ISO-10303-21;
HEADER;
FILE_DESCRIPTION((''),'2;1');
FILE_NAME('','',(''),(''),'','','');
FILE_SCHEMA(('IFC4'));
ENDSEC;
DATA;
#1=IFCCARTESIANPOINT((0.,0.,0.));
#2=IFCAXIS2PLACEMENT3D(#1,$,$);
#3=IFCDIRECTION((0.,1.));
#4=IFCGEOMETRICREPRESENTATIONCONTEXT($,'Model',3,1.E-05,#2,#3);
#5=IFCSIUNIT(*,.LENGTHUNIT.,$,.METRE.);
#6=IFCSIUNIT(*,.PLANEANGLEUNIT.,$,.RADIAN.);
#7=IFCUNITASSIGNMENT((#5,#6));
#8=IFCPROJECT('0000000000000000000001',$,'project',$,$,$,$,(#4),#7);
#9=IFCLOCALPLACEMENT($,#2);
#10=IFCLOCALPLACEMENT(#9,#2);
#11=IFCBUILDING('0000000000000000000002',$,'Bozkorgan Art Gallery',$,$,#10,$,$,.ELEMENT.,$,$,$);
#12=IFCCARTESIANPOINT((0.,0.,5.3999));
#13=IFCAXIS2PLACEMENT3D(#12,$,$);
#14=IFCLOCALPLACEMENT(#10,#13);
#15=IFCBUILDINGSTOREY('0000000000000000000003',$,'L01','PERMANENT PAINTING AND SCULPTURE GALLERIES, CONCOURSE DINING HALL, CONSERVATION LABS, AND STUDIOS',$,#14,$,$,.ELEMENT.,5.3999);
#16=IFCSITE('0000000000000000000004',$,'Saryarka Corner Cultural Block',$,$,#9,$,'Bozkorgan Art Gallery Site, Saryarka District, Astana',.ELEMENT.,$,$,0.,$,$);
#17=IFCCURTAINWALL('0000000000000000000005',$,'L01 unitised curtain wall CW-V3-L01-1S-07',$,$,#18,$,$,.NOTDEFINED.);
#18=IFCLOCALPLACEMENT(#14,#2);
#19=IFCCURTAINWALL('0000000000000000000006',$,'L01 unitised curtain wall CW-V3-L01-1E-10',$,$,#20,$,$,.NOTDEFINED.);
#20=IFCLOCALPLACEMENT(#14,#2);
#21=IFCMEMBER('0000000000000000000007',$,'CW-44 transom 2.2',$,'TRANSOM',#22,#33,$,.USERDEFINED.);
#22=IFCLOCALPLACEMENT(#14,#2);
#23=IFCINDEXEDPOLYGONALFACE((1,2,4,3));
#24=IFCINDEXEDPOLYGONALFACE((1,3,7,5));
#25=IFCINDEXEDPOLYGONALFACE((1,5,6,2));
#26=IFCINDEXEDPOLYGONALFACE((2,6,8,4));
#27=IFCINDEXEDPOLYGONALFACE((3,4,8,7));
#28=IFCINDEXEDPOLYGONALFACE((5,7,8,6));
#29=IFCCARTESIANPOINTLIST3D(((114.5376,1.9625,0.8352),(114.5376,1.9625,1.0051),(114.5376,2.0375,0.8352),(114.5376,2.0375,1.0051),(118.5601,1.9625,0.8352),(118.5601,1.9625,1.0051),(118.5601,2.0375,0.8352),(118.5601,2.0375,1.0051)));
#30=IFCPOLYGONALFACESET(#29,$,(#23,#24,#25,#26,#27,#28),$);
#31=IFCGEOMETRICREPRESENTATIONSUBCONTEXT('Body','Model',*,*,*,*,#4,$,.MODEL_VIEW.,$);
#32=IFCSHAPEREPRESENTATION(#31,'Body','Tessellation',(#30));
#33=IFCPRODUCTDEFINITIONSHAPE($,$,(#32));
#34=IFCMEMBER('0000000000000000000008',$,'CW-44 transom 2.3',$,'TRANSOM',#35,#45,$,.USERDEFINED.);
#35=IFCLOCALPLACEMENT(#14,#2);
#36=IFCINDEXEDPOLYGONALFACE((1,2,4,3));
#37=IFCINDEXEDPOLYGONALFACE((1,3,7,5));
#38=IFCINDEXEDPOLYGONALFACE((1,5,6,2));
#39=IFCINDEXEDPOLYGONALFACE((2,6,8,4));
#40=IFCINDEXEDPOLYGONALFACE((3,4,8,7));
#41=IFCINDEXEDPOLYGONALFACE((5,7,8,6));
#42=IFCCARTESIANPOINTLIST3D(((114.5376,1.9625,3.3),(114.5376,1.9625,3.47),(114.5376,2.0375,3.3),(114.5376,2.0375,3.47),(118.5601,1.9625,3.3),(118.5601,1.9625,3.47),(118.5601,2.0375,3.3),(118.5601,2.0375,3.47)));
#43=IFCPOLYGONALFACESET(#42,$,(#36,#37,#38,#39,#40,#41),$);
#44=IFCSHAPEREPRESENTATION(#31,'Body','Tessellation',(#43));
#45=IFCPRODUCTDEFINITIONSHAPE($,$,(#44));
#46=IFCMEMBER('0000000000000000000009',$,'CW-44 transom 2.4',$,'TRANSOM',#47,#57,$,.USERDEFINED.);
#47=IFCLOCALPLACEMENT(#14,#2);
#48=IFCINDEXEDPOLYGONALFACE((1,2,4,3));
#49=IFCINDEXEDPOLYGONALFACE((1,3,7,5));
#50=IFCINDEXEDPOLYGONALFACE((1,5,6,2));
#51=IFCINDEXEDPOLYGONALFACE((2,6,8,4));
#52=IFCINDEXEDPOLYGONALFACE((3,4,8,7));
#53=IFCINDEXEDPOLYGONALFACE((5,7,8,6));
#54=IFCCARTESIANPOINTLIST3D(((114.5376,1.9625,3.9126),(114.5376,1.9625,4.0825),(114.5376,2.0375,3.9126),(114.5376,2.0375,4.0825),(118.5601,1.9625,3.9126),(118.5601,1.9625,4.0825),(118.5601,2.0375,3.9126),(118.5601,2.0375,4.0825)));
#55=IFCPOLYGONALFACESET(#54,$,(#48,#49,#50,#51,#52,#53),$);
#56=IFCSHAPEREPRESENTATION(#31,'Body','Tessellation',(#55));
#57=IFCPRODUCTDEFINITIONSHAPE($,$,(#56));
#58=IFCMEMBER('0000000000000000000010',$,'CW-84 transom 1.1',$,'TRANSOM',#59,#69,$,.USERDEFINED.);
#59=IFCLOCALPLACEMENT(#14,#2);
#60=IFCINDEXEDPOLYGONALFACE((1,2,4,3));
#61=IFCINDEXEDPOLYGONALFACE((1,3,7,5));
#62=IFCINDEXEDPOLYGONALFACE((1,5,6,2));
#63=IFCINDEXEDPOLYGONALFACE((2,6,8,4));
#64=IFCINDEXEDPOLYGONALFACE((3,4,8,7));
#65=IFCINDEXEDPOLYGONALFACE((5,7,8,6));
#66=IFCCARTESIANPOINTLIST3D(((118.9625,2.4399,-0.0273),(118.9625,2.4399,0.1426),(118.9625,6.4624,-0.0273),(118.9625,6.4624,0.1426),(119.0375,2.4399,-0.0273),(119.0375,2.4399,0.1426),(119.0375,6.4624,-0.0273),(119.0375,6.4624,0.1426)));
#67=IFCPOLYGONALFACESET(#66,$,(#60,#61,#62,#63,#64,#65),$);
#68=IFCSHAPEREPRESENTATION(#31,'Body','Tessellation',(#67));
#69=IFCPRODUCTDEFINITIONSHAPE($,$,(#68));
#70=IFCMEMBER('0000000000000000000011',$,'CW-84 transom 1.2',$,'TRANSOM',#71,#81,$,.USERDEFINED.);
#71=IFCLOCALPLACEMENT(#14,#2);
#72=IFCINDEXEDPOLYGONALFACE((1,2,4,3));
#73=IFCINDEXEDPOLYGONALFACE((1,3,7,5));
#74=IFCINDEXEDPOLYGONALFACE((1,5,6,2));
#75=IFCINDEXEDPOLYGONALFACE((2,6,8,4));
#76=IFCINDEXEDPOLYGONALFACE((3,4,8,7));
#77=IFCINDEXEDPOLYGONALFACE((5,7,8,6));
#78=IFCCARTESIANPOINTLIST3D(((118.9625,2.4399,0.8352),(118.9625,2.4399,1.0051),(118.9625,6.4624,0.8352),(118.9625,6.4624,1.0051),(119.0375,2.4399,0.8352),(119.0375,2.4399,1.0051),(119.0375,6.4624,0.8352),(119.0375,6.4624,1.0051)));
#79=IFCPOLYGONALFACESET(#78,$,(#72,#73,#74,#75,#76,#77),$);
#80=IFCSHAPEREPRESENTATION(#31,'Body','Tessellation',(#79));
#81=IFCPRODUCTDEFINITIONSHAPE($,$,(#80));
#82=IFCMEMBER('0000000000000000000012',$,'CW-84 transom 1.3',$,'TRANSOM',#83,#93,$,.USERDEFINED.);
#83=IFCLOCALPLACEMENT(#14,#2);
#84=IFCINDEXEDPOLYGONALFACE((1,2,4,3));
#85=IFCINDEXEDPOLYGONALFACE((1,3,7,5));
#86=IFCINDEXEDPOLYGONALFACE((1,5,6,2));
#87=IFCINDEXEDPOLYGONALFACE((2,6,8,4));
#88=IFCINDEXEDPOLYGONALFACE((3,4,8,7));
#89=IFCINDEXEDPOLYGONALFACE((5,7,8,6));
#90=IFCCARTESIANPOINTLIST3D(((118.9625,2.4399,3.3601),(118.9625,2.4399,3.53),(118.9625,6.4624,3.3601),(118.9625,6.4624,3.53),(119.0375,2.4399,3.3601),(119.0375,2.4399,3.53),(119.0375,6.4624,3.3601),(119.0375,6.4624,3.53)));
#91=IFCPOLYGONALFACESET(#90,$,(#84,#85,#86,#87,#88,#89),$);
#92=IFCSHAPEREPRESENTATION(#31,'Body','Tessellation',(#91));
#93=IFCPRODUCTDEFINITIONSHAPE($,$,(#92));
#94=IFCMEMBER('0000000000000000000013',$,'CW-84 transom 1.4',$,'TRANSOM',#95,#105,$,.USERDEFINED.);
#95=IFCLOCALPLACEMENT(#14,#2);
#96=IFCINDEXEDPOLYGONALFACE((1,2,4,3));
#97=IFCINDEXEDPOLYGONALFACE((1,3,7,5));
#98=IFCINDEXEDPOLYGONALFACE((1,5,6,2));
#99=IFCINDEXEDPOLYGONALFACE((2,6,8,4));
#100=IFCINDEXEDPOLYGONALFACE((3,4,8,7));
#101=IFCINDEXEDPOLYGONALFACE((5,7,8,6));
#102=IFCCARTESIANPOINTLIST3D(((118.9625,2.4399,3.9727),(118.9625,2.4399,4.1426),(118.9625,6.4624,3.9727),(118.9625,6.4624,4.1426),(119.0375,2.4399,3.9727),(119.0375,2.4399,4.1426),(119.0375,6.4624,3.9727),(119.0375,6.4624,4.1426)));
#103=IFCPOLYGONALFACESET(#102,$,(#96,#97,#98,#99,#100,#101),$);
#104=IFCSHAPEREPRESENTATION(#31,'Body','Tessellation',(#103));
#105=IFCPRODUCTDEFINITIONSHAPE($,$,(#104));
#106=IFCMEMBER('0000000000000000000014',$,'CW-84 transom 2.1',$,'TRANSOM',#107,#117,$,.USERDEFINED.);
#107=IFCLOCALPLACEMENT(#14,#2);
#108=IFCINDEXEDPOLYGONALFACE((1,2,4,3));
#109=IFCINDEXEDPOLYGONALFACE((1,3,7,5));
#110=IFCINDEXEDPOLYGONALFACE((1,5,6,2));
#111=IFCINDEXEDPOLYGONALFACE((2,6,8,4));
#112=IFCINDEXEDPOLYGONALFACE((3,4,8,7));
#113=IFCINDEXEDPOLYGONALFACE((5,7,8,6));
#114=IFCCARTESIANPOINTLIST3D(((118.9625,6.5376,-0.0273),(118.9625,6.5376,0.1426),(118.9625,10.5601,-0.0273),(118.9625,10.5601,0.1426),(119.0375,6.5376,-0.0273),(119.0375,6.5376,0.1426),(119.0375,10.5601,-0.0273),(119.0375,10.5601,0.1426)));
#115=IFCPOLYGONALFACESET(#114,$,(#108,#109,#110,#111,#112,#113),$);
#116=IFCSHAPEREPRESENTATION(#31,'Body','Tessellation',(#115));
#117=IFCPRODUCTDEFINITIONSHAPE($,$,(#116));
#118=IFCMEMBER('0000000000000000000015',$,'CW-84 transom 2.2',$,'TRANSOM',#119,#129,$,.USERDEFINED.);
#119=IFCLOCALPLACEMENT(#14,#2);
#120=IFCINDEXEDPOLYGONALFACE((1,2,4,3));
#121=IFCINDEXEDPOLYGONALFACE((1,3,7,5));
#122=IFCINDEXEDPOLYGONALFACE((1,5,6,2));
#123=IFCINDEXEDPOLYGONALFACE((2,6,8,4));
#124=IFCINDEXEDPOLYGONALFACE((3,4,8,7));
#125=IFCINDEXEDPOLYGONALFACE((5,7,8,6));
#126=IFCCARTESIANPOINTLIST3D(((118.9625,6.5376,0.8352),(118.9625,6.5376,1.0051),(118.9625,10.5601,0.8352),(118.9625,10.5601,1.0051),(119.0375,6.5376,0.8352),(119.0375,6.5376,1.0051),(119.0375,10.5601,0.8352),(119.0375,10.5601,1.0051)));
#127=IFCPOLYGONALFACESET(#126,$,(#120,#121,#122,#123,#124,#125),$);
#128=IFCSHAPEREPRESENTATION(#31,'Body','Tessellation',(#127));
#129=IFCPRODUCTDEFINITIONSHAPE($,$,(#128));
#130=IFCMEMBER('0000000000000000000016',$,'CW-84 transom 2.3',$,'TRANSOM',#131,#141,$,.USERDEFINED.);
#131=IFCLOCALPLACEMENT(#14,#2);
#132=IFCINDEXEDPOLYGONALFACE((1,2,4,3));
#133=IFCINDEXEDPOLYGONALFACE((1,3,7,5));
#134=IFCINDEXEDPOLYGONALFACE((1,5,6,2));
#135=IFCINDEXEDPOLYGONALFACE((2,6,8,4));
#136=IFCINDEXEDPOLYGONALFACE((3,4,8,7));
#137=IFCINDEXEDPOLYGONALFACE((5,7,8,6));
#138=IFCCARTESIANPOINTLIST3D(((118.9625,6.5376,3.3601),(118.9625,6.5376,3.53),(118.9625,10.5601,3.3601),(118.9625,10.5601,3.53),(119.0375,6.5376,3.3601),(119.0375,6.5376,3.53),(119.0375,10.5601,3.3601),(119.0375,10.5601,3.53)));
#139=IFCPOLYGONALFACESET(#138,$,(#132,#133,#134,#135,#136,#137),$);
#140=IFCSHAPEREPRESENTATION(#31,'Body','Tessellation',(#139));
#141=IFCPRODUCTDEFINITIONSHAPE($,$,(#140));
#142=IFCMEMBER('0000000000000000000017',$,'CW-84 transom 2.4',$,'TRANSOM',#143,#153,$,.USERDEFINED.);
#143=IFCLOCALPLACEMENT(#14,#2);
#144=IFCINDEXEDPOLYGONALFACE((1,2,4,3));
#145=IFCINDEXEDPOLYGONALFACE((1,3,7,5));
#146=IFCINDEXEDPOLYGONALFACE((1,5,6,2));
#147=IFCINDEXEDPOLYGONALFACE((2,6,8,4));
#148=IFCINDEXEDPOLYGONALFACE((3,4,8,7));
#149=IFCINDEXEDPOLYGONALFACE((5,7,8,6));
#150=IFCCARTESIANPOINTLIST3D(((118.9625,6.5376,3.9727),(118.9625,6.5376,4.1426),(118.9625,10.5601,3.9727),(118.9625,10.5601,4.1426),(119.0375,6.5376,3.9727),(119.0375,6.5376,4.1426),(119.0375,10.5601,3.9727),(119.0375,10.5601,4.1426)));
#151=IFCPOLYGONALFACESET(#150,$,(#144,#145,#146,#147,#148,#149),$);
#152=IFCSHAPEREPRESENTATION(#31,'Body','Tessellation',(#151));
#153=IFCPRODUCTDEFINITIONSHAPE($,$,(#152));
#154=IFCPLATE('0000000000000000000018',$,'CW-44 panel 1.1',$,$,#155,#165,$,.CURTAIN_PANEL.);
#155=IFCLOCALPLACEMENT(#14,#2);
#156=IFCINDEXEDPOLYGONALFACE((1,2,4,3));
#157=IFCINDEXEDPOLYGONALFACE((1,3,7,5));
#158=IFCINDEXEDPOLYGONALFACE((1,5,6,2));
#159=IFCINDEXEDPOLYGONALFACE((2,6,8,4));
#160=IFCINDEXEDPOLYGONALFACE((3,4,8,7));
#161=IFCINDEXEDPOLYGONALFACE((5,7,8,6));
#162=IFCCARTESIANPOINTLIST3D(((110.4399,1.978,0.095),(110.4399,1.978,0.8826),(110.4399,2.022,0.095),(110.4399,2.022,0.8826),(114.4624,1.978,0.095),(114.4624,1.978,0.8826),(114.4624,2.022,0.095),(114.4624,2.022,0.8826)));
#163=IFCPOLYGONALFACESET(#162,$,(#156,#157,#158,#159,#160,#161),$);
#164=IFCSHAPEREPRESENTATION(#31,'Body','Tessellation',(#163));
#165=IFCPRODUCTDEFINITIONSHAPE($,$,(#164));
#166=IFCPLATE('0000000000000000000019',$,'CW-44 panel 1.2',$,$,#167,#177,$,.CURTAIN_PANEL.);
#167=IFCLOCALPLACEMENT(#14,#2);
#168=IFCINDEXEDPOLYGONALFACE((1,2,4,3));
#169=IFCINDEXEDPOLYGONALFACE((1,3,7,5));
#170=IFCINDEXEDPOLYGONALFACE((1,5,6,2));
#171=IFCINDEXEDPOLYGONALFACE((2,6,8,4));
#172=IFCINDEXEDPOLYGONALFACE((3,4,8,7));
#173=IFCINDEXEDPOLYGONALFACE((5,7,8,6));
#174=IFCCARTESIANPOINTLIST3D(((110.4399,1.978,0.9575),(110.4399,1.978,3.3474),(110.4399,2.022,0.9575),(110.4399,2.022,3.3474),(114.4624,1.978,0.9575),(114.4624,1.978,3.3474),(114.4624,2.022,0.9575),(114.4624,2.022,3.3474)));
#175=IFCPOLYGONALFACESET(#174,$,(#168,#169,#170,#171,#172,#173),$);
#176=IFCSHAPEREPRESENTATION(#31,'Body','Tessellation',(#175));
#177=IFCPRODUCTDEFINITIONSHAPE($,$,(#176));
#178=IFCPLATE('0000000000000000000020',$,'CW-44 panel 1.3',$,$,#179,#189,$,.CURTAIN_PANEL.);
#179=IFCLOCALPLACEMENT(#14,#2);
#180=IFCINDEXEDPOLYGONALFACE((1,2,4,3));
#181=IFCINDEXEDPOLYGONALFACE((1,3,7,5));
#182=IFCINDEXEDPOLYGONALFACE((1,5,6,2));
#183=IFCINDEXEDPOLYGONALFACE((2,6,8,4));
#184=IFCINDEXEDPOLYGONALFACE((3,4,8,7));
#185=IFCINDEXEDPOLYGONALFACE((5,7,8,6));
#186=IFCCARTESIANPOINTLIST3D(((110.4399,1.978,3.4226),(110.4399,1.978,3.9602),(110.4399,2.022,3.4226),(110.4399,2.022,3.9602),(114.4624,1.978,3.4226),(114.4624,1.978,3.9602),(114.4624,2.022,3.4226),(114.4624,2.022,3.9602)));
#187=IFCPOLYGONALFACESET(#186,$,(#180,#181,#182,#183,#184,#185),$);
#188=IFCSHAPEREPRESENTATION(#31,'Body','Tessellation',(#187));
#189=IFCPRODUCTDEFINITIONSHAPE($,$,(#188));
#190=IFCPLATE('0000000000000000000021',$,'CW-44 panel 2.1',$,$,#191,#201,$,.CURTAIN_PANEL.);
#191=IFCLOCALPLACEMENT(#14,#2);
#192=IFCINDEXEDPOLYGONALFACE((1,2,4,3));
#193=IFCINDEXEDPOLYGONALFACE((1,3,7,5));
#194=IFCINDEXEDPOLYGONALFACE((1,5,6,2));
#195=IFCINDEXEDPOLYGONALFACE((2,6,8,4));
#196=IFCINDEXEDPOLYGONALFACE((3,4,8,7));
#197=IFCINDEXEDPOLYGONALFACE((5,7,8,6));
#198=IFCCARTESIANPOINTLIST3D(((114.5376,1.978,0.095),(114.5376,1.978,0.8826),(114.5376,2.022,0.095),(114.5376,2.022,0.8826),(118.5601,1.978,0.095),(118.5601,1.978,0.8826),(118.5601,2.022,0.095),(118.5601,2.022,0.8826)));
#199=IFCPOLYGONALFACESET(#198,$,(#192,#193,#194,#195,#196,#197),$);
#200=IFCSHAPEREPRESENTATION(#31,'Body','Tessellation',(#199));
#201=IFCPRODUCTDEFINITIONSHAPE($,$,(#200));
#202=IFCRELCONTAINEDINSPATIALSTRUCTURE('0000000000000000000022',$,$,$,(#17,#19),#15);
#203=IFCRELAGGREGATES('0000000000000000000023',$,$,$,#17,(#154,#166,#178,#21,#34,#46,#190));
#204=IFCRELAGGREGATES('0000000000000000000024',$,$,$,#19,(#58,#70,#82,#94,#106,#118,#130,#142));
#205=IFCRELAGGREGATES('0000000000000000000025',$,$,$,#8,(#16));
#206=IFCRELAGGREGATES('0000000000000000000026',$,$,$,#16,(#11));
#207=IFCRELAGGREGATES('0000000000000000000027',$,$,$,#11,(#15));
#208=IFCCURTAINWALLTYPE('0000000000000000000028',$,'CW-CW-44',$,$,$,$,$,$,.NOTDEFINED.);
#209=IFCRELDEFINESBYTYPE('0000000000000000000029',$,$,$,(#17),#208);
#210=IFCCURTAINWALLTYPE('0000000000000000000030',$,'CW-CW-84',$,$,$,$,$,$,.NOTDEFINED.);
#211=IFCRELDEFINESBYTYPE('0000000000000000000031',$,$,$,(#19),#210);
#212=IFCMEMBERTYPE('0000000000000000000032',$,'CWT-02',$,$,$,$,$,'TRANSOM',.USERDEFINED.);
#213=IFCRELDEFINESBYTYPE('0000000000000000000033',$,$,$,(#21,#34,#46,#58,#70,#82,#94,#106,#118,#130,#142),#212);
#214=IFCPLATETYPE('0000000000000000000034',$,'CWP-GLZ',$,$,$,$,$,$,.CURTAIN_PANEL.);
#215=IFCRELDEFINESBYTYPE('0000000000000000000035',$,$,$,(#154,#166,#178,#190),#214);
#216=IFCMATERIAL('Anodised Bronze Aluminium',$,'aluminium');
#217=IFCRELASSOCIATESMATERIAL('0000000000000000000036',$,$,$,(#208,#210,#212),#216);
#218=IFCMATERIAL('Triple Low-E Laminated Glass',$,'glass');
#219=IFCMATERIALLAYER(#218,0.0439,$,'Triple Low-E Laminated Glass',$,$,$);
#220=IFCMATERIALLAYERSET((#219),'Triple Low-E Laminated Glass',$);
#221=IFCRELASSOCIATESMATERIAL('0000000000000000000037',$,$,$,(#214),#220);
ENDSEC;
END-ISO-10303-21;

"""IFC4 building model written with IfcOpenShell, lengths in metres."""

from ifc_helpers import new_model, si_unit, direction, frame, origin, origin_2d, place, context, subcontext, project, spatial, rectangle, extrude, material, layer, layer_set, material_profile, profile_set, type_object, element, aggregate, save


model = new_model("IFC4")

# Units and contexts
model_context = context("Model", 3, precision=1e-05, world=origin(), true_north=direction((0.0, 1.0)))
body_context = subcontext(model_context, "Body", "Model", "MODEL_VIEW")
ifc_project = project(units=[si_unit("LENGTHUNIT", "METRE"), si_unit("PLANEANGLEUNIT", "RADIAN")], contexts=[model_context])

# Site, building, storey
site_placement = place(None, origin())
site = spatial("IfcSite", under=ifc_project, at=site_placement, Name="Saryarka Corner Cultural Block", LongName="Bozkorgan Art Gallery Site, Saryarka District, Astana", CompositionType="ELEMENT", RefElevation=0.0)
building_placement = place(site_placement, origin())
building = spatial("IfcBuilding", under=site, at=building_placement, Name="Bozkorgan Art Gallery", CompositionType="ELEMENT")
storey_placement = place(building_placement, frame((0.0, 0.0, 5.3999)))
storey = spatial("IfcBuildingStorey", under=building, at=storey_placement, Name="L01", Description="PERMANENT PAINTING AND SCULPTURE GALLERIES, CONCOURSE DINING HALL, CONSERVATION LABS, AND STUDIOS", CompositionType="ELEMENT", Elevation=5.3999)

# Curtain walls
ifc_material_1 = material(Name="Anodised Bronze Aluminium", Category="aluminium")
curtain_wall_type_1 = type_object("IfcCurtainWallType", Name="CW-CW-44", PredefinedType="NOTDEFINED", material=ifc_material_1)
curtain_wall_1_placement = place(storey_placement, origin())
curtain_wall_1 = element("IfcCurtainWall", 1, at=curtain_wall_1_placement, inside=storey, type_object=curtain_wall_type_1, Name="L01 unitised curtain wall CW-V3-L01-1S-07", PredefinedType="NOTDEFINED")
curtain_wall_type_2 = type_object("IfcCurtainWallType", Name="CW-CW-84", PredefinedType="NOTDEFINED", material=ifc_material_1)
curtain_wall_2_placement = place(storey_placement, origin())
curtain_wall_2 = element("IfcCurtainWall", 2, at=curtain_wall_2_placement, inside=storey, type_object=curtain_wall_type_2, Name="L01 unitised curtain wall CW-V3-L01-1E-10", PredefinedType="NOTDEFINED")

# Members
ifc_material_profile_1 = material_profile(ifc_material_1, rectangle(XDim=0.075, YDim=0.1699, at=origin_2d()), Name="ALU TRANSOM 75x170")
ifc_profile_set_1 = profile_set([ifc_material_profile_1], Name="Anodised Bronze Aluminium")
member_type_1 = type_object("IfcMemberType", Name="CWT-02", ElementType="TRANSOM", PredefinedType="USERDEFINED", material=ifc_profile_set_1)
member_1_placement = place(storey_placement, frame((114.5376, 2.0, 0.9202), z_axis=(1.0, 0.0, 0.0), x_axis=(0.0, 1.0, 0.0)))
member_1 = element("IfcMember", 3, at=member_1_placement, type_object=member_type_1, Name="CW-44 transom 2.2", ObjectType="TRANSOM", PredefinedType="USERDEFINED", context=body_context, shape_type="SweptSolid", body=[
    extrude(rectangle(XDim=0.075, YDim=0.1699, at=origin_2d()), origin(), (0.0, 0.0, 1.0), 4.0225),
])
member_2_placement = place(storey_placement, frame((114.5376, 2.0, 3.385), z_axis=(1.0, 0.0, 0.0), x_axis=(0.0, 1.0, 0.0)))
member_2 = element("IfcMember", 4, at=member_2_placement, type_object=member_type_1, Name="CW-44 transom 2.3", ObjectType="TRANSOM", PredefinedType="USERDEFINED", context=body_context, shape_type="SweptSolid", body=[
    extrude(rectangle(XDim=0.075, YDim=0.1699, at=origin_2d()), origin(), (0.0, 0.0, 1.0), 4.0225),
])
member_3_placement = place(storey_placement, frame((114.5376, 2.0, 3.9976), z_axis=(1.0, 0.0, 0.0), x_axis=(0.0, 1.0, 0.0)))
member_3 = element("IfcMember", 5, at=member_3_placement, type_object=member_type_1, Name="CW-44 transom 2.4", ObjectType="TRANSOM", PredefinedType="USERDEFINED", context=body_context, shape_type="SweptSolid", body=[
    extrude(rectangle(XDim=0.075, YDim=0.1699, at=origin_2d()), origin(), (0.0, 0.0, 1.0), 4.0225),
])
member_4_placement = place(storey_placement, frame((119.0, 2.4399, 0.0576), z_axis=(0.0, 1.0, 0.0), x_axis=(-1.0, 0.0, 0.0)))
member_4 = element("IfcMember", 6, at=member_4_placement, type_object=member_type_1, Name="CW-84 transom 1.1", ObjectType="TRANSOM", PredefinedType="USERDEFINED", context=body_context, shape_type="SweptSolid", body=[
    extrude(rectangle(XDim=0.075, YDim=0.1699, at=origin_2d()), origin(), (0.0, 0.0, 1.0), 4.0225),
])
member_5_placement = place(storey_placement, frame((119.0, 2.4399, 0.9202), z_axis=(0.0, 1.0, 0.0), x_axis=(-1.0, 0.0, 0.0)))
member_5 = element("IfcMember", 7, at=member_5_placement, type_object=member_type_1, Name="CW-84 transom 1.2", ObjectType="TRANSOM", PredefinedType="USERDEFINED", context=body_context, shape_type="SweptSolid", body=[
    extrude(rectangle(XDim=0.075, YDim=0.1699, at=origin_2d()), origin(), (0.0, 0.0, 1.0), 4.0225),
])
member_6_placement = place(storey_placement, frame((119.0, 2.4399, 3.4451), z_axis=(0.0, 1.0, 0.0), x_axis=(-1.0, 0.0, 0.0)))
member_6 = element("IfcMember", 8, at=member_6_placement, type_object=member_type_1, Name="CW-84 transom 1.3", ObjectType="TRANSOM", PredefinedType="USERDEFINED", context=body_context, shape_type="SweptSolid", body=[
    extrude(rectangle(XDim=0.075, YDim=0.1699, at=origin_2d()), origin(), (0.0, 0.0, 1.0), 4.0225),
])
member_7_placement = place(storey_placement, frame((119.0, 2.4399, 4.0576), z_axis=(0.0, 1.0, 0.0), x_axis=(-1.0, 0.0, 0.0)))
member_7 = element("IfcMember", 9, at=member_7_placement, type_object=member_type_1, Name="CW-84 transom 1.4", ObjectType="TRANSOM", PredefinedType="USERDEFINED", context=body_context, shape_type="SweptSolid", body=[
    extrude(rectangle(XDim=0.075, YDim=0.1699, at=origin_2d()), origin(), (0.0, 0.0, 1.0), 4.0225),
])
member_8_placement = place(storey_placement, frame((119.0, 6.5376, 0.0576), z_axis=(0.0, 1.0, 0.0), x_axis=(-1.0, 0.0, 0.0)))
member_8 = element("IfcMember", 10, at=member_8_placement, type_object=member_type_1, Name="CW-84 transom 2.1", ObjectType="TRANSOM", PredefinedType="USERDEFINED", context=body_context, shape_type="SweptSolid", body=[
    extrude(rectangle(XDim=0.075, YDim=0.1699, at=origin_2d()), origin(), (0.0, 0.0, 1.0), 4.0225),
])
member_9_placement = place(storey_placement, frame((119.0, 6.5376, 0.9202), z_axis=(0.0, 1.0, 0.0), x_axis=(-1.0, 0.0, 0.0)))
member_9 = element("IfcMember", 11, at=member_9_placement, type_object=member_type_1, Name="CW-84 transom 2.2", ObjectType="TRANSOM", PredefinedType="USERDEFINED", context=body_context, shape_type="SweptSolid", body=[
    extrude(rectangle(XDim=0.075, YDim=0.1699, at=origin_2d()), origin(), (0.0, 0.0, 1.0), 4.0225),
])
member_10_placement = place(storey_placement, frame((119.0, 6.5376, 3.4451), z_axis=(0.0, 1.0, 0.0), x_axis=(-1.0, 0.0, 0.0)))
member_10 = element("IfcMember", 12, at=member_10_placement, type_object=member_type_1, Name="CW-84 transom 2.3", ObjectType="TRANSOM", PredefinedType="USERDEFINED", context=body_context, shape_type="SweptSolid", body=[
    extrude(rectangle(XDim=0.075, YDim=0.1699, at=origin_2d()), origin(), (0.0, 0.0, 1.0), 4.0225),
])
member_11_placement = place(storey_placement, frame((119.0, 6.5376, 4.0576), z_axis=(0.0, 1.0, 0.0), x_axis=(-1.0, 0.0, 0.0)))
member_11 = element("IfcMember", 13, at=member_11_placement, type_object=member_type_1, Name="CW-84 transom 2.4", ObjectType="TRANSOM", PredefinedType="USERDEFINED", context=body_context, shape_type="SweptSolid", body=[
    extrude(rectangle(XDim=0.075, YDim=0.1699, at=origin_2d()), origin(), (0.0, 0.0, 1.0), 4.0225),
])

# Plates
ifc_material_2 = material(Name="Triple Low-E Laminated Glass", Category="glass")
ifc_layer_1 = layer(ifc_material_2, 0.0439, Name="Triple Low-E Laminated Glass")
ifc_layer_set_1 = layer_set([ifc_layer_1], Name="Triple Low-E Laminated Glass")
plate_type_1 = type_object("IfcPlateType", Name="CWP-GLZ", PredefinedType="CURTAIN_PANEL", material=ifc_layer_set_1)
plate_1_placement = place(storey_placement, frame((112.4512, 2.0, 0.095), z_axis=(0.0, 0.0, 1.0), x_axis=(1.0, 0.0, 0.0)))
plate_1 = element("IfcPlate", 14, at=plate_1_placement, type_object=plate_type_1, Name="CW-44 panel 1.1", PredefinedType="CURTAIN_PANEL", context=body_context, shape_type="SweptSolid", body=[
    extrude(rectangle(XDim=4.0225, YDim=0.0439, at=origin_2d()), origin(), (0.0, 0.0, 1.0), 0.7876),
])
plate_2_placement = place(storey_placement, frame((112.4512, 2.0, 0.9575), z_axis=(0.0, 0.0, 1.0), x_axis=(1.0, 0.0, 0.0)))
plate_2 = element("IfcPlate", 15, at=plate_2_placement, type_object=plate_type_1, Name="CW-44 panel 1.2", PredefinedType="CURTAIN_PANEL", context=body_context, shape_type="SweptSolid", body=[
    extrude(rectangle(XDim=4.0225, YDim=0.0439, at=origin_2d()), origin(), (0.0, 0.0, 1.0), 2.3899),
])
plate_3_placement = place(storey_placement, frame((112.4512, 2.0, 3.4226), z_axis=(0.0, 0.0, 1.0), x_axis=(1.0, 0.0, 0.0)))
plate_3 = element("IfcPlate", 16, at=plate_3_placement, type_object=plate_type_1, Name="CW-44 panel 1.3", PredefinedType="CURTAIN_PANEL", context=body_context, shape_type="SweptSolid", body=[
    extrude(rectangle(XDim=4.0225, YDim=0.0439, at=origin_2d()), origin(), (0.0, 0.0, 1.0), 0.5376),
])
plate_4_placement = place(storey_placement, frame((116.5488, 2.0, 0.095), z_axis=(0.0, 0.0, 1.0), x_axis=(1.0, 0.0, 0.0)))
plate_4 = element("IfcPlate", 17, at=plate_4_placement, type_object=plate_type_1, Name="CW-44 panel 2.1", PredefinedType="CURTAIN_PANEL", context=body_context, shape_type="SweptSolid", body=[
    extrude(rectangle(XDim=4.0225, YDim=0.0439, at=origin_2d()), origin(), (0.0, 0.0, 1.0), 0.7876),
])
aggregate(curtain_wall_1, [plate_1, plate_2, plate_3, member_1, member_2, member_3, plate_4])
aggregate(curtain_wall_2, [member_4, member_5, member_6, member_7, member_8, member_9, member_10, member_11])

save(model, "model.ifc")
